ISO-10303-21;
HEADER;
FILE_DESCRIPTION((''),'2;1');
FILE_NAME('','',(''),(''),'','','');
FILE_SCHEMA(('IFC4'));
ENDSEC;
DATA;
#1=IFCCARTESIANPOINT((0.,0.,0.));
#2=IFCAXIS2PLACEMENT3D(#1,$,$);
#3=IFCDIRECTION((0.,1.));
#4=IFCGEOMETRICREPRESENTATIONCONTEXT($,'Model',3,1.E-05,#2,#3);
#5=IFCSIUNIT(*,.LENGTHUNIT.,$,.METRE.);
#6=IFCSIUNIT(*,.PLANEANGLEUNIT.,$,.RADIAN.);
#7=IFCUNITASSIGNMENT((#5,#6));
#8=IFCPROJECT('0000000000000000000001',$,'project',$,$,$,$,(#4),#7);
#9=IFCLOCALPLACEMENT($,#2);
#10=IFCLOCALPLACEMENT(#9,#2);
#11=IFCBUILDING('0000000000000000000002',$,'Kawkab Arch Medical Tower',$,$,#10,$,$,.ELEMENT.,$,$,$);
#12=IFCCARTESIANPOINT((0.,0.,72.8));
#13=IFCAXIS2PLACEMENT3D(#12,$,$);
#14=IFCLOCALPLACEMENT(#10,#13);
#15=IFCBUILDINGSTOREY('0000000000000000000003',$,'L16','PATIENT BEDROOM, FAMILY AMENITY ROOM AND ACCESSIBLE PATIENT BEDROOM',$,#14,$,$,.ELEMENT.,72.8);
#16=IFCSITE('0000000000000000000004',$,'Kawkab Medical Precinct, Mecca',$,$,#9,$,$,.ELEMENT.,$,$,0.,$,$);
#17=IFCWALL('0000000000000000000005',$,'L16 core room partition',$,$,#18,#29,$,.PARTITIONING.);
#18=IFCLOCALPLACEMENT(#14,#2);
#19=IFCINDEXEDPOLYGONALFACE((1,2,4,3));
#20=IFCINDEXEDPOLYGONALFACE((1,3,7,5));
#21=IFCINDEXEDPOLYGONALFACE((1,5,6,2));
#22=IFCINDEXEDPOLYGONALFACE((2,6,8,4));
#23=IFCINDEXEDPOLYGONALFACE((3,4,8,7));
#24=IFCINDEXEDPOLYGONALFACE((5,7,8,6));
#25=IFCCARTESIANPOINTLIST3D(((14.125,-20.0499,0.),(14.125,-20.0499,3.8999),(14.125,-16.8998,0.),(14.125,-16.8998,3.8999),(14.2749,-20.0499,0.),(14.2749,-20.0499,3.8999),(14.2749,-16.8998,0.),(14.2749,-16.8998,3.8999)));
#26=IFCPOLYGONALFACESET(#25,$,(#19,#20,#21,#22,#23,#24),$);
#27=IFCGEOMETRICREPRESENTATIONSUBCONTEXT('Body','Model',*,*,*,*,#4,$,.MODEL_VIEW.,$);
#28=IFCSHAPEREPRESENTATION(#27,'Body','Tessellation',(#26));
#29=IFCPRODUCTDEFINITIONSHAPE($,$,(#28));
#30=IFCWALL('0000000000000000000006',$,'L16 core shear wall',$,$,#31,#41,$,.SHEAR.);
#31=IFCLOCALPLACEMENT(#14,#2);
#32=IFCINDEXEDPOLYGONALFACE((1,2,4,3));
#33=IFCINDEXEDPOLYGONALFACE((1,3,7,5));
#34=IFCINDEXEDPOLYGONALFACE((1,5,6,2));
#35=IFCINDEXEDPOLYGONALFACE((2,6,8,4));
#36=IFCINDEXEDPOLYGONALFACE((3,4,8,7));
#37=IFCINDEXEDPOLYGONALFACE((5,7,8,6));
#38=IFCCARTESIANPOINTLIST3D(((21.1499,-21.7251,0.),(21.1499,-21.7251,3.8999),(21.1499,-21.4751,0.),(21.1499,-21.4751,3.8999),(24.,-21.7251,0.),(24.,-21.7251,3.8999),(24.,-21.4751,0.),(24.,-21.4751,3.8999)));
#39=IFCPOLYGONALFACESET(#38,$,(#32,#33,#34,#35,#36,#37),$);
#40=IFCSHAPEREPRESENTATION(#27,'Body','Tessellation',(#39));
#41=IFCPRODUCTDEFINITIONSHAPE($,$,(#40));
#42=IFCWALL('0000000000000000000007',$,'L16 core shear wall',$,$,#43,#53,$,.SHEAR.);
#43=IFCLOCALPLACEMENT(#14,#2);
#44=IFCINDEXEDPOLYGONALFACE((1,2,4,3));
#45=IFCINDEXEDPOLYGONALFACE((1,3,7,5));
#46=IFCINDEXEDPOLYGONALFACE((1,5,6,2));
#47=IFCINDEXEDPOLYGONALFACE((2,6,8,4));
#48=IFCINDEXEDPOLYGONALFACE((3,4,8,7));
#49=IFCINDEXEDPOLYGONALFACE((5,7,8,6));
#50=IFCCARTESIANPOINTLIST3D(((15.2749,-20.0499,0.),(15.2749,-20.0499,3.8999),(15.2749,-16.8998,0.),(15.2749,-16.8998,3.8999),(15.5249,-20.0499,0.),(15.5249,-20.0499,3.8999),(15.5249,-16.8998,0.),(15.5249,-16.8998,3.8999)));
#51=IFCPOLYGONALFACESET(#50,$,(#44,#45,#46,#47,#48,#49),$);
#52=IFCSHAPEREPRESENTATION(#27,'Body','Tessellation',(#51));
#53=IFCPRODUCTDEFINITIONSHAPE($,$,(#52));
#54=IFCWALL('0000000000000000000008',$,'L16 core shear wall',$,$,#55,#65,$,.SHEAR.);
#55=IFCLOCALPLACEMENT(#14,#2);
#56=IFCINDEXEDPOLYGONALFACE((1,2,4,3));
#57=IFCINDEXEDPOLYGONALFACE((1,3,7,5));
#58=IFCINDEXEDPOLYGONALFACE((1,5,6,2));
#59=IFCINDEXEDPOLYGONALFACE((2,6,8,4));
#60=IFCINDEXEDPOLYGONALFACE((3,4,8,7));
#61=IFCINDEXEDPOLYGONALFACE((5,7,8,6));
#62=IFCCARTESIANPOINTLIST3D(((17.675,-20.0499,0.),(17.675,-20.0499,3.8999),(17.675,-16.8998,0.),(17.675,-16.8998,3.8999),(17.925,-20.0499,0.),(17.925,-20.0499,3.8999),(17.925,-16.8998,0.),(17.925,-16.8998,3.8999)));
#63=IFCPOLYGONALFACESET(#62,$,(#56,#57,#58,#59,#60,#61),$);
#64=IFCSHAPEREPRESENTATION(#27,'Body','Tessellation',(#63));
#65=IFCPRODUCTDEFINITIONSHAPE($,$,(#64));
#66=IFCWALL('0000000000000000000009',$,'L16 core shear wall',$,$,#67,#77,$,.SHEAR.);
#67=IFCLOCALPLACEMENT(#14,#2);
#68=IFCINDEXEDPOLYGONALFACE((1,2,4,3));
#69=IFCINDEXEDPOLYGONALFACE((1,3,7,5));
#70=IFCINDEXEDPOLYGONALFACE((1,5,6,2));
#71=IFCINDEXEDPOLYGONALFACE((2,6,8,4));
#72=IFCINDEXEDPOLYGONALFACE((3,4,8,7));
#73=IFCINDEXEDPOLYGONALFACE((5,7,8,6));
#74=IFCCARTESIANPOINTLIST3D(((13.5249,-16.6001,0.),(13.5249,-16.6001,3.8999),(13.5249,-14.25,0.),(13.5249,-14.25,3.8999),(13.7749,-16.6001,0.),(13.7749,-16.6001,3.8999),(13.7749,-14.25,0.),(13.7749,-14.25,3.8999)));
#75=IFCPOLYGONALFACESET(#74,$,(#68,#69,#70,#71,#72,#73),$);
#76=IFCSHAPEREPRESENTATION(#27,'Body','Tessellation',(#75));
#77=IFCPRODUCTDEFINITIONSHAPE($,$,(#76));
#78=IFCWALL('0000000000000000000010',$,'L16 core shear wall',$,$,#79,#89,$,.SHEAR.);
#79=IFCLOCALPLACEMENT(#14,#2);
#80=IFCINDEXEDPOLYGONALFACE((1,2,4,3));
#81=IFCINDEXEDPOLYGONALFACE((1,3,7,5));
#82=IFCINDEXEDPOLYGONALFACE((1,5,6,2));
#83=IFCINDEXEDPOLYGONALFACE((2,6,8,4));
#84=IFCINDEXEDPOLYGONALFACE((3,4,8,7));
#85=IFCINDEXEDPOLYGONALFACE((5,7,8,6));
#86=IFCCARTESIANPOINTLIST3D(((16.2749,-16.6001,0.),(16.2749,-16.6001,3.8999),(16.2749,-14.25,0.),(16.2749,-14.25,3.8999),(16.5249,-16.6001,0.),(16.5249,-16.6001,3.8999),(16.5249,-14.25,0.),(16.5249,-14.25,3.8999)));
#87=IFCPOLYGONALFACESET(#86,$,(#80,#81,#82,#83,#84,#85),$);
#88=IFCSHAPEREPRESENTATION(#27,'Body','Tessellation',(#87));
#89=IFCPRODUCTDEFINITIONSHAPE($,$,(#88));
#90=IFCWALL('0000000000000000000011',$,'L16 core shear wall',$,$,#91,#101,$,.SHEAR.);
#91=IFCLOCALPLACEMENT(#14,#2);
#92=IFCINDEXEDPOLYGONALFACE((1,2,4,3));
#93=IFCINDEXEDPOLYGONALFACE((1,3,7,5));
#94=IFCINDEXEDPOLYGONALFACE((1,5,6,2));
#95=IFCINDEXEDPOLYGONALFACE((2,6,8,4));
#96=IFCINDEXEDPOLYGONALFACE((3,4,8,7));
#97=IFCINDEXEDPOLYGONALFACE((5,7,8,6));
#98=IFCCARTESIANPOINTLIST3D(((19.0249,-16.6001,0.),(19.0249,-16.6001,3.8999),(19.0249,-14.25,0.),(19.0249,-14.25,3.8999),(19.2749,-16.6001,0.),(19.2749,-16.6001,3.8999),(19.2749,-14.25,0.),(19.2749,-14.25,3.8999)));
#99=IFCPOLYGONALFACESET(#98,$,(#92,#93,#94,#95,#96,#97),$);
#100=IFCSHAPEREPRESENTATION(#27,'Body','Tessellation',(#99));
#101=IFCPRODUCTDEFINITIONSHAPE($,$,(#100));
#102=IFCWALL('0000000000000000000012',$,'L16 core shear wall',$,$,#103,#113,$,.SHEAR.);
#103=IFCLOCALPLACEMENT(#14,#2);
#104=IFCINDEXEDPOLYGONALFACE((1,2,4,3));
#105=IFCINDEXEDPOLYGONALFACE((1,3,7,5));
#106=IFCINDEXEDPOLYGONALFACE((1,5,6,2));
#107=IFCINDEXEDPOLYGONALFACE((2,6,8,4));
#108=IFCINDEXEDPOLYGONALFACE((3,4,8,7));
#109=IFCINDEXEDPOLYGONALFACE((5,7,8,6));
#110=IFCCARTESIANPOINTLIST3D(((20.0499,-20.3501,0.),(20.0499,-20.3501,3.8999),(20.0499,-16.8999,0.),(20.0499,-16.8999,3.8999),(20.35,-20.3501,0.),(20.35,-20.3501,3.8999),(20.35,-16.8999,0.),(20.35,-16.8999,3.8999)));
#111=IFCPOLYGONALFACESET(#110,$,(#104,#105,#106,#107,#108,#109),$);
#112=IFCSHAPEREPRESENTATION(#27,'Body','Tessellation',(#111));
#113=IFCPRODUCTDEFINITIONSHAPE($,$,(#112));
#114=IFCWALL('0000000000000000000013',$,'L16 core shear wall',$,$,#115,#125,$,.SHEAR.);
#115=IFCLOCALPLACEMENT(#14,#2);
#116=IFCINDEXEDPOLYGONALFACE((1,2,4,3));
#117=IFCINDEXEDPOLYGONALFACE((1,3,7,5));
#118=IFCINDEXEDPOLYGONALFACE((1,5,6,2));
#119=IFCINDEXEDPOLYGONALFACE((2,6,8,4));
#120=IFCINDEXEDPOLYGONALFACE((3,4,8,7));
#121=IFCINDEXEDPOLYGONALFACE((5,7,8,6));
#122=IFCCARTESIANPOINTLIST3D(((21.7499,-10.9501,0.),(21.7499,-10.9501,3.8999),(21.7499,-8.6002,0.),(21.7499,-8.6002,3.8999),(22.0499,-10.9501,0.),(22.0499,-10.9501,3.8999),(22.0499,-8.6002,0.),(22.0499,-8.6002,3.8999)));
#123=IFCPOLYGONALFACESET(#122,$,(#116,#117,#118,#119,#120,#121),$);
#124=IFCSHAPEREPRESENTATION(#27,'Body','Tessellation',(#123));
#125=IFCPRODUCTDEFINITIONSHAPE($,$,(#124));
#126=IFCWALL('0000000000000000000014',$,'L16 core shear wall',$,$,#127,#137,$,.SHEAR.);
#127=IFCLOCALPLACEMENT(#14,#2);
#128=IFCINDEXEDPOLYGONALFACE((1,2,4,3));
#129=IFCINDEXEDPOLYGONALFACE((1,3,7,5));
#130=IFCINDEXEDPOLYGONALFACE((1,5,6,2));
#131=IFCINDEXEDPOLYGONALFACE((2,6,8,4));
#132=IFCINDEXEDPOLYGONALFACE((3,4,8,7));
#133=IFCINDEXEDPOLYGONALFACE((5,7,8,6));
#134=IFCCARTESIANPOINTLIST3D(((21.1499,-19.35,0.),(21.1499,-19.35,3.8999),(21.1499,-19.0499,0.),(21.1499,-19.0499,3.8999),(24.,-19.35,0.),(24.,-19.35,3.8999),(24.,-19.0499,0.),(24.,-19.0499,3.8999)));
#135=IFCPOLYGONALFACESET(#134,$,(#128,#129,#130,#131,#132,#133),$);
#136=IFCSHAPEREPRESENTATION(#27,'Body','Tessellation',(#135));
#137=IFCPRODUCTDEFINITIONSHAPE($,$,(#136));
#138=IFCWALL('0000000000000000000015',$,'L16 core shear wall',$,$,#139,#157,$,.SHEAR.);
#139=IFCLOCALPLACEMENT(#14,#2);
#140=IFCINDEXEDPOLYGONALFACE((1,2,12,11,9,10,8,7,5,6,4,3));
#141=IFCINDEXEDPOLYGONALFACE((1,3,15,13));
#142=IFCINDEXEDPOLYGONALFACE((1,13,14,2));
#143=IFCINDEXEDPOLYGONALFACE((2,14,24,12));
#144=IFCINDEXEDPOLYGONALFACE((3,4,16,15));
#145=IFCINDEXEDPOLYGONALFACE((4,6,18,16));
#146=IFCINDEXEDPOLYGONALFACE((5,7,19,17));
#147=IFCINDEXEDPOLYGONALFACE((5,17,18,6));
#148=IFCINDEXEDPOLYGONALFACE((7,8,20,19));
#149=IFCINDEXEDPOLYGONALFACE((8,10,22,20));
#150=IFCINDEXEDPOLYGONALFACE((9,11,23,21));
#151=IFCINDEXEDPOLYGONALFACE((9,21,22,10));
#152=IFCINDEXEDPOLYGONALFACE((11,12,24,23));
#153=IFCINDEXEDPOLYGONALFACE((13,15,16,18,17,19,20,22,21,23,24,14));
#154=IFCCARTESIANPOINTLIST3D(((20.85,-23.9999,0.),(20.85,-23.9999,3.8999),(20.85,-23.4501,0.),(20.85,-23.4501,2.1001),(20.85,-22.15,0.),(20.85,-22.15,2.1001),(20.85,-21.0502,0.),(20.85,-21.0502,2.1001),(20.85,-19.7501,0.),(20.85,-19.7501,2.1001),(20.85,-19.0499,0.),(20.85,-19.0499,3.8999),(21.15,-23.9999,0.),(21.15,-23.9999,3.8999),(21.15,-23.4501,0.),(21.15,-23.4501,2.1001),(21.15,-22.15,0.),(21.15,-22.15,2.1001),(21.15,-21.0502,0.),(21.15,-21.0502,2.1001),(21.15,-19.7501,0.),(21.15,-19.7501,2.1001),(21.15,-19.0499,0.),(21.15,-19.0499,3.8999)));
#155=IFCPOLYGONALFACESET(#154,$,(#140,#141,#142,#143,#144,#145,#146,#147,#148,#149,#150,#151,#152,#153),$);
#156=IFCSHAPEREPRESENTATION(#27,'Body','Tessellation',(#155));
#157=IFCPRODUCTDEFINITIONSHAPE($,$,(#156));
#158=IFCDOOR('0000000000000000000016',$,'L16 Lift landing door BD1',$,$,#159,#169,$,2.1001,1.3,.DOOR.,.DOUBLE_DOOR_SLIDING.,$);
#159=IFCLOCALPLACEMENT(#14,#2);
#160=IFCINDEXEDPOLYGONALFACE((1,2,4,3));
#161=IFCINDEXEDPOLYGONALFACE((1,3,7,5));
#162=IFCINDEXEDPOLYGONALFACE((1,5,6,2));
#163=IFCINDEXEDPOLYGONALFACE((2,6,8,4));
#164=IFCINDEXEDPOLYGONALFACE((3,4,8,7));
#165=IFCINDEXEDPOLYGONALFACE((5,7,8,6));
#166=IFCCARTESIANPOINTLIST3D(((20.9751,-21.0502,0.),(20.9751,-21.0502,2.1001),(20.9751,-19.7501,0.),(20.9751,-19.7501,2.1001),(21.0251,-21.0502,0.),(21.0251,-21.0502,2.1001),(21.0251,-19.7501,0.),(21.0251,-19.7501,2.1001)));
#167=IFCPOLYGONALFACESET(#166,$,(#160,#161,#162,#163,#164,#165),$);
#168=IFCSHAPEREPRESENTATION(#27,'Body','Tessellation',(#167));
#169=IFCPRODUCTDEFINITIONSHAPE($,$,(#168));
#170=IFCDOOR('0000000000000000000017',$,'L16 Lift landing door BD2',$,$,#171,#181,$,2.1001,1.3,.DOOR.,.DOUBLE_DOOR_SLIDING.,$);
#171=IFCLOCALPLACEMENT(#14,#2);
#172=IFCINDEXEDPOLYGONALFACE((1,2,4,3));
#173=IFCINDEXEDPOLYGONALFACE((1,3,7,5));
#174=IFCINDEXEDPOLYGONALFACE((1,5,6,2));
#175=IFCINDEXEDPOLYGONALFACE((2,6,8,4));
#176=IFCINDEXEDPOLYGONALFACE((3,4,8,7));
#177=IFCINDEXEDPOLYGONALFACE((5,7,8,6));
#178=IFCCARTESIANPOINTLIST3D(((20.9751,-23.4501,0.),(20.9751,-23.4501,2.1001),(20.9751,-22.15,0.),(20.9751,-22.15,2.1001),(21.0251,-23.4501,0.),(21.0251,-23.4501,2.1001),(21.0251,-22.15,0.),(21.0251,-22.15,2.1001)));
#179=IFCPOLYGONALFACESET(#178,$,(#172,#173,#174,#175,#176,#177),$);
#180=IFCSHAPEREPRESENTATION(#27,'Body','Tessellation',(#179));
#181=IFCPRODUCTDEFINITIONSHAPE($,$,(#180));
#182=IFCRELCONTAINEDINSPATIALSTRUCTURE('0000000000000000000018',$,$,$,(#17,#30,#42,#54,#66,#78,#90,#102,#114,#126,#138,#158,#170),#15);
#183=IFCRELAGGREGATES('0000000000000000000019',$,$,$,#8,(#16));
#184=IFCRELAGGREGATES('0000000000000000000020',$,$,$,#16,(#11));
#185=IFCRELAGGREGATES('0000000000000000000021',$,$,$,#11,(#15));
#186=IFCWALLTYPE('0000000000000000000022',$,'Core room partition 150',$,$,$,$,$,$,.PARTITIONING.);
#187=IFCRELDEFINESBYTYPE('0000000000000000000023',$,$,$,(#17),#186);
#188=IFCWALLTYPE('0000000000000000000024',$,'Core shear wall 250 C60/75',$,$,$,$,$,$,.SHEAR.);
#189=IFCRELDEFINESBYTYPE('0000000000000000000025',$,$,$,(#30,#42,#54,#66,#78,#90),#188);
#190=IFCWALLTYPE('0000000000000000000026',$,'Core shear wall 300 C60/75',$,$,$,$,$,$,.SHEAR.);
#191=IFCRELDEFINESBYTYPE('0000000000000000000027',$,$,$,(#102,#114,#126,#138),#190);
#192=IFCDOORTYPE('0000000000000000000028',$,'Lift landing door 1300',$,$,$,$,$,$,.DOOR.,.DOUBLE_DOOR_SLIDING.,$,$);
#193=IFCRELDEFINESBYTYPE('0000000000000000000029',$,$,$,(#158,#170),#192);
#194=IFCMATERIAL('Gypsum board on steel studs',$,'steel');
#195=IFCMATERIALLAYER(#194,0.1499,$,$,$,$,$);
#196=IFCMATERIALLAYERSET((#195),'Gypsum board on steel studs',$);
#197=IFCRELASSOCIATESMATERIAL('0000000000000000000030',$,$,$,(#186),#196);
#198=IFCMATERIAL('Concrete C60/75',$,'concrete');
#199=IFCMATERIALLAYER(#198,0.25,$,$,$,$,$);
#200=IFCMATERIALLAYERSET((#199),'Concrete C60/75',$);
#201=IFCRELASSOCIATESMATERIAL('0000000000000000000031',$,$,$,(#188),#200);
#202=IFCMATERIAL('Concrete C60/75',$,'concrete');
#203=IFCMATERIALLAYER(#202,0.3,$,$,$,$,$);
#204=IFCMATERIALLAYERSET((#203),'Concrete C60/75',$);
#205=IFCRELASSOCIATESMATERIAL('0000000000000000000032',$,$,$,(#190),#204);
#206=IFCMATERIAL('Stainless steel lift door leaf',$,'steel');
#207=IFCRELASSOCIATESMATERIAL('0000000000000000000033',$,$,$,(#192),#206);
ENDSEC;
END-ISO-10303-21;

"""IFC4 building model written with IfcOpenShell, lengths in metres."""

from ifc_helpers import new_model, si_unit, direction, frame, frame_2d, origin, place, context, subcontext, project, spatial, rectangle, extrude, material, layer, layer_set, type_object, element, fill, save


model = new_model("IFC4")

# Units and contexts
model_context = context("Model", 3, precision=1e-05, world=origin(), true_north=direction((0.0, 1.0)))
body_context = subcontext(model_context, "Body", "Model", "MODEL_VIEW")
ifc_project = project(units=[si_unit("LENGTHUNIT", "METRE"), si_unit("PLANEANGLEUNIT", "RADIAN")], contexts=[model_context])

# Site, building, storey
site_placement = place(None, origin())
site = spatial("IfcSite", under=ifc_project, at=site_placement, Name="Kawkab Medical Precinct, Mecca", CompositionType="ELEMENT", RefElevation=0.0)
building_placement = place(site_placement, origin())
building = spatial("IfcBuilding", under=site, at=building_placement, Name="Kawkab Arch Medical Tower", CompositionType="ELEMENT")
storey_placement = place(building_placement, frame((0.0, 0.0, 72.8)))
storey = spatial("IfcBuildingStorey", under=building, at=storey_placement, Name="L16", Description="PATIENT BEDROOM, FAMILY AMENITY ROOM AND ACCESSIBLE PATIENT BEDROOM", CompositionType="ELEMENT", Elevation=72.8)

# Walls
ifc_material_1 = material(Name="Gypsum board on steel studs", Category="steel")
ifc_layer_1 = layer(ifc_material_1, 0.1499)
ifc_layer_set_1 = layer_set([ifc_layer_1], Name="Gypsum board on steel studs")
wall_type_1 = type_object("IfcWallType", Name="Core room partition 150", PredefinedType="PARTITIONING", material=ifc_layer_set_1)
wall_1_placement = place(storey_placement, frame((14.2, -20.05, 0.0), z_axis=(0.0, 0.0, 1.0), x_axis=(0.0, 1.0, 0.0)))
element("IfcWall", 1, at=wall_1_placement, inside=storey, type_object=wall_type_1, Name="L16 core room partition", PredefinedType="PARTITIONING", context=body_context, shape_type="SweptSolid", body=[
    extrude(rectangle(XDim=3.1501, YDim=0.1499, at=frame_2d((1.5752, 0.0))), origin(), (0.0, 0.0, 1.0), 3.8999),
])
ifc_material_2 = material(Name="Concrete C60/75", Category="concrete")
ifc_layer_2 = layer(ifc_material_2, 0.25)
ifc_layer_set_2 = layer_set([ifc_layer_2], Name="Concrete C60/75")
wall_type_2 = type_object("IfcWallType", Name="Core shear wall 250 C60/75", PredefinedType="SHEAR", material=ifc_layer_set_2)
wall_2_placement = place(storey_placement, frame((21.1499, -21.6001, 0.0), z_axis=(0.0, 0.0, 1.0), x_axis=(1.0, 0.0, 0.0)))
element("IfcWall", 2, at=wall_2_placement, inside=storey, type_object=wall_type_2, Name="L16 core shear wall", PredefinedType="SHEAR", context=body_context, shape_type="SweptSolid", body=[
    extrude(rectangle(XDim=2.8501, YDim=0.25, at=frame_2d((1.425, 0.0))), origin(), (0.0, 0.0, 1.0), 3.8999),
])
for number, where, z_axis, x_axis, name in (
    (3, (15.3999, -20.05, 0.0), (0.0, 0.0, 1.0), (0.0, 1.0, 0.0), "L16 core shear wall"),
    (4, (17.8, -20.05, 0.0), (0.0, 0.0, 1.0), (0.0, 1.0, 0.0), "L16 core shear wall"),
):
    element("IfcWall", number, at=place(storey_placement, frame(where, z_axis=z_axis, x_axis=x_axis)), inside=storey, type_object=wall_type_2, Name=name, PredefinedType="SHEAR", context=body_context, shape_type="SweptSolid", body=[
        extrude(rectangle(XDim=3.1501, YDim=0.25, at=frame_2d((1.5752, 0.0))), origin(), (0.0, 0.0, 1.0), 3.8999),
    ])
for number, where, z_axis, x_axis, name in (
    (5, (13.6499, -16.6001, 0.0), (0.0, 0.0, 1.0), (0.0, 1.0, 0.0), "L16 core shear wall"),
    (6, (16.3999, -16.6001, 0.0), (0.0, 0.0, 1.0), (0.0, 1.0, 0.0), "L16 core shear wall"),
    (7, (19.1499, -16.6001, 0.0), (0.0, 0.0, 1.0), (0.0, 1.0, 0.0), "L16 core shear wall"),
):
    element("IfcWall", number, at=place(storey_placement, frame(where, z_axis=z_axis, x_axis=x_axis)), inside=storey, type_object=wall_type_2, Name=name, PredefinedType="SHEAR", context=body_context, shape_type="SweptSolid", body=[
        extrude(rectangle(XDim=2.3501, YDim=0.25, at=frame_2d((1.175, 0.0))), origin(), (0.0, 0.0, 1.0), 3.8999),
    ])
ifc_material_3 = material(Name="Concrete C60/75", Category="concrete")
ifc_layer_3 = layer(ifc_material_3, 0.3)
ifc_layer_set_3 = layer_set([ifc_layer_3], Name="Concrete C60/75")
wall_type_3 = type_object("IfcWallType", Name="Core shear wall 300 C60/75", PredefinedType="SHEAR", material=ifc_layer_set_3)
wall_3_placement = place(storey_placement, frame((20.2, -20.3501, 0.0), z_axis=(0.0, 0.0, 1.0), x_axis=(0.0, 1.0, 0.0)))
element("IfcWall", 8, at=wall_3_placement, inside=storey, type_object=wall_type_3, Name="L16 core shear wall", PredefinedType="SHEAR", context=body_context, shape_type="SweptSolid", body=[
    extrude(rectangle(XDim=3.4502, YDim=0.3, at=frame_2d((1.7251, 0.0))), origin(), (0.0, 0.0, 1.0), 3.8999),
])
wall_4_placement = place(storey_placement, frame((21.8999, -10.95, 0.0), z_axis=(0.0, 0.0, 1.0), x_axis=(0.0, 1.0, 0.0)))
element("IfcWall", 9, at=wall_4_placement, inside=storey, type_object=wall_type_3, Name="L16 core shear wall", PredefinedType="SHEAR", context=body_context, shape_type="SweptSolid", body=[
    extrude(rectangle(XDim=2.3499, YDim=0.3, at=frame_2d((1.1748, 0.0))), origin(), (0.0, 0.0, 1.0), 3.8999),
])
wall_5_placement = place(storey_placement, frame((21.1499, -19.2, 0.0), z_axis=(0.0, 0.0, 1.0), x_axis=(1.0, 0.0, 0.0)))
element("IfcWall", 10, at=wall_5_placement, inside=storey, type_object=wall_type_3, Name="L16 core shear wall", PredefinedType="SHEAR", context=body_context, shape_type="SweptSolid", body=[
    extrude(rectangle(XDim=2.8501, YDim=0.3, at=frame_2d((1.425, 0.0))), origin(), (0.0, 0.0, 1.0), 3.8999),
])

# Wall, openings, doors
wall_6_placement = place(storey_placement, frame((21.0, -24.0, 0.0), z_axis=(0.0, 0.0, 1.0), x_axis=(0.0, 1.0, 0.0)))
wall_6 = element("IfcWall", 11, at=wall_6_placement, inside=storey, type_object=wall_type_3, Name="L16 core shear wall", PredefinedType="SHEAR", context=body_context, shape_type="SweptSolid", body=[
    extrude(rectangle(XDim=4.95, YDim=0.3, at=frame_2d((2.4751, 0.0))), origin(), (0.0, 0.0, 1.0), 3.8999),
])
opening_1_placement = place(wall_6_placement, frame((2.95, 0.0, 0.0)))
opening_1 = element("IfcOpeningElement", 12, at=opening_1_placement, cuts=wall_6, PredefinedType="OPENING", context=body_context, shape_type="SweptSolid", body=[
    extrude(rectangle(XDim=1.3, YDim=2.1001, at=frame_2d((0.6499, 1.05))), frame((0.0, 0.1599, 0.0), z_axis=(0.0, -1.0, 0.0), x_axis=(1.0, 0.0, 0.0)), (0.0, 0.0, 1.0), 0.3201),
])
opening_2_placement = place(wall_6_placement, frame((0.55, 0.0, 0.0)))
opening_2 = element("IfcOpeningElement", 13, at=opening_2_placement, cuts=wall_6, PredefinedType="OPENING", context=body_context, shape_type="SweptSolid", body=[
    extrude(rectangle(XDim=1.3, YDim=2.1001, at=frame_2d((0.6499, 1.05))), frame((0.0, 0.1599, 0.0), z_axis=(0.0, -1.0, 0.0), x_axis=(1.0, 0.0, 0.0)), (0.0, 0.0, 1.0), 0.3201),
])
ifc_material_4 = material(Name="Stainless steel lift door leaf", Category="steel")
door_type = type_object("IfcDoorType", Name="Lift landing door 1300", OperationType="DOUBLE_DOOR_SLIDING", PredefinedType="DOOR", material=ifc_material_4)
door_1_placement = place(opening_1_placement, origin())
door_1 = element("IfcDoor", 14, at=door_1_placement, inside=storey, type_object=door_type, Name="L16 Lift landing door BD1", OperationType="DOUBLE_DOOR_SLIDING", OverallHeight=2.1001, OverallWidth=1.3, PredefinedType="DOOR", context=body_context, shape_type="SweptSolid", body=[
    extrude(rectangle(XDim=1.3, YDim=2.1001, at=frame_2d((0.6499, 1.05))), frame((0.0, 0.0249, 0.0), z_axis=(0.0, -1.0, 0.0), x_axis=(1.0, 0.0, 0.0)), (0.0, 0.0, 1.0), 0.05),
])
fill(opening_1, door_1)
door_2_placement = place(opening_2_placement, origin())
door_2 = element("IfcDoor", 15, at=door_2_placement, inside=storey, type_object=door_type, Name="L16 Lift landing door BD2", OperationType="DOUBLE_DOOR_SLIDING", OverallHeight=2.1001, OverallWidth=1.3, PredefinedType="DOOR", context=body_context, shape_type="SweptSolid", body=[
    extrude(rectangle(XDim=1.3, YDim=2.1001, at=frame_2d((0.6499, 1.05))), frame((0.0, 0.0249, 0.0), z_axis=(0.0, -1.0, 0.0), x_axis=(1.0, 0.0, 0.0)), (0.0, 0.0, 1.0), 0.05),
])
fill(opening_2, door_2)

save(model, "model.ifc")
